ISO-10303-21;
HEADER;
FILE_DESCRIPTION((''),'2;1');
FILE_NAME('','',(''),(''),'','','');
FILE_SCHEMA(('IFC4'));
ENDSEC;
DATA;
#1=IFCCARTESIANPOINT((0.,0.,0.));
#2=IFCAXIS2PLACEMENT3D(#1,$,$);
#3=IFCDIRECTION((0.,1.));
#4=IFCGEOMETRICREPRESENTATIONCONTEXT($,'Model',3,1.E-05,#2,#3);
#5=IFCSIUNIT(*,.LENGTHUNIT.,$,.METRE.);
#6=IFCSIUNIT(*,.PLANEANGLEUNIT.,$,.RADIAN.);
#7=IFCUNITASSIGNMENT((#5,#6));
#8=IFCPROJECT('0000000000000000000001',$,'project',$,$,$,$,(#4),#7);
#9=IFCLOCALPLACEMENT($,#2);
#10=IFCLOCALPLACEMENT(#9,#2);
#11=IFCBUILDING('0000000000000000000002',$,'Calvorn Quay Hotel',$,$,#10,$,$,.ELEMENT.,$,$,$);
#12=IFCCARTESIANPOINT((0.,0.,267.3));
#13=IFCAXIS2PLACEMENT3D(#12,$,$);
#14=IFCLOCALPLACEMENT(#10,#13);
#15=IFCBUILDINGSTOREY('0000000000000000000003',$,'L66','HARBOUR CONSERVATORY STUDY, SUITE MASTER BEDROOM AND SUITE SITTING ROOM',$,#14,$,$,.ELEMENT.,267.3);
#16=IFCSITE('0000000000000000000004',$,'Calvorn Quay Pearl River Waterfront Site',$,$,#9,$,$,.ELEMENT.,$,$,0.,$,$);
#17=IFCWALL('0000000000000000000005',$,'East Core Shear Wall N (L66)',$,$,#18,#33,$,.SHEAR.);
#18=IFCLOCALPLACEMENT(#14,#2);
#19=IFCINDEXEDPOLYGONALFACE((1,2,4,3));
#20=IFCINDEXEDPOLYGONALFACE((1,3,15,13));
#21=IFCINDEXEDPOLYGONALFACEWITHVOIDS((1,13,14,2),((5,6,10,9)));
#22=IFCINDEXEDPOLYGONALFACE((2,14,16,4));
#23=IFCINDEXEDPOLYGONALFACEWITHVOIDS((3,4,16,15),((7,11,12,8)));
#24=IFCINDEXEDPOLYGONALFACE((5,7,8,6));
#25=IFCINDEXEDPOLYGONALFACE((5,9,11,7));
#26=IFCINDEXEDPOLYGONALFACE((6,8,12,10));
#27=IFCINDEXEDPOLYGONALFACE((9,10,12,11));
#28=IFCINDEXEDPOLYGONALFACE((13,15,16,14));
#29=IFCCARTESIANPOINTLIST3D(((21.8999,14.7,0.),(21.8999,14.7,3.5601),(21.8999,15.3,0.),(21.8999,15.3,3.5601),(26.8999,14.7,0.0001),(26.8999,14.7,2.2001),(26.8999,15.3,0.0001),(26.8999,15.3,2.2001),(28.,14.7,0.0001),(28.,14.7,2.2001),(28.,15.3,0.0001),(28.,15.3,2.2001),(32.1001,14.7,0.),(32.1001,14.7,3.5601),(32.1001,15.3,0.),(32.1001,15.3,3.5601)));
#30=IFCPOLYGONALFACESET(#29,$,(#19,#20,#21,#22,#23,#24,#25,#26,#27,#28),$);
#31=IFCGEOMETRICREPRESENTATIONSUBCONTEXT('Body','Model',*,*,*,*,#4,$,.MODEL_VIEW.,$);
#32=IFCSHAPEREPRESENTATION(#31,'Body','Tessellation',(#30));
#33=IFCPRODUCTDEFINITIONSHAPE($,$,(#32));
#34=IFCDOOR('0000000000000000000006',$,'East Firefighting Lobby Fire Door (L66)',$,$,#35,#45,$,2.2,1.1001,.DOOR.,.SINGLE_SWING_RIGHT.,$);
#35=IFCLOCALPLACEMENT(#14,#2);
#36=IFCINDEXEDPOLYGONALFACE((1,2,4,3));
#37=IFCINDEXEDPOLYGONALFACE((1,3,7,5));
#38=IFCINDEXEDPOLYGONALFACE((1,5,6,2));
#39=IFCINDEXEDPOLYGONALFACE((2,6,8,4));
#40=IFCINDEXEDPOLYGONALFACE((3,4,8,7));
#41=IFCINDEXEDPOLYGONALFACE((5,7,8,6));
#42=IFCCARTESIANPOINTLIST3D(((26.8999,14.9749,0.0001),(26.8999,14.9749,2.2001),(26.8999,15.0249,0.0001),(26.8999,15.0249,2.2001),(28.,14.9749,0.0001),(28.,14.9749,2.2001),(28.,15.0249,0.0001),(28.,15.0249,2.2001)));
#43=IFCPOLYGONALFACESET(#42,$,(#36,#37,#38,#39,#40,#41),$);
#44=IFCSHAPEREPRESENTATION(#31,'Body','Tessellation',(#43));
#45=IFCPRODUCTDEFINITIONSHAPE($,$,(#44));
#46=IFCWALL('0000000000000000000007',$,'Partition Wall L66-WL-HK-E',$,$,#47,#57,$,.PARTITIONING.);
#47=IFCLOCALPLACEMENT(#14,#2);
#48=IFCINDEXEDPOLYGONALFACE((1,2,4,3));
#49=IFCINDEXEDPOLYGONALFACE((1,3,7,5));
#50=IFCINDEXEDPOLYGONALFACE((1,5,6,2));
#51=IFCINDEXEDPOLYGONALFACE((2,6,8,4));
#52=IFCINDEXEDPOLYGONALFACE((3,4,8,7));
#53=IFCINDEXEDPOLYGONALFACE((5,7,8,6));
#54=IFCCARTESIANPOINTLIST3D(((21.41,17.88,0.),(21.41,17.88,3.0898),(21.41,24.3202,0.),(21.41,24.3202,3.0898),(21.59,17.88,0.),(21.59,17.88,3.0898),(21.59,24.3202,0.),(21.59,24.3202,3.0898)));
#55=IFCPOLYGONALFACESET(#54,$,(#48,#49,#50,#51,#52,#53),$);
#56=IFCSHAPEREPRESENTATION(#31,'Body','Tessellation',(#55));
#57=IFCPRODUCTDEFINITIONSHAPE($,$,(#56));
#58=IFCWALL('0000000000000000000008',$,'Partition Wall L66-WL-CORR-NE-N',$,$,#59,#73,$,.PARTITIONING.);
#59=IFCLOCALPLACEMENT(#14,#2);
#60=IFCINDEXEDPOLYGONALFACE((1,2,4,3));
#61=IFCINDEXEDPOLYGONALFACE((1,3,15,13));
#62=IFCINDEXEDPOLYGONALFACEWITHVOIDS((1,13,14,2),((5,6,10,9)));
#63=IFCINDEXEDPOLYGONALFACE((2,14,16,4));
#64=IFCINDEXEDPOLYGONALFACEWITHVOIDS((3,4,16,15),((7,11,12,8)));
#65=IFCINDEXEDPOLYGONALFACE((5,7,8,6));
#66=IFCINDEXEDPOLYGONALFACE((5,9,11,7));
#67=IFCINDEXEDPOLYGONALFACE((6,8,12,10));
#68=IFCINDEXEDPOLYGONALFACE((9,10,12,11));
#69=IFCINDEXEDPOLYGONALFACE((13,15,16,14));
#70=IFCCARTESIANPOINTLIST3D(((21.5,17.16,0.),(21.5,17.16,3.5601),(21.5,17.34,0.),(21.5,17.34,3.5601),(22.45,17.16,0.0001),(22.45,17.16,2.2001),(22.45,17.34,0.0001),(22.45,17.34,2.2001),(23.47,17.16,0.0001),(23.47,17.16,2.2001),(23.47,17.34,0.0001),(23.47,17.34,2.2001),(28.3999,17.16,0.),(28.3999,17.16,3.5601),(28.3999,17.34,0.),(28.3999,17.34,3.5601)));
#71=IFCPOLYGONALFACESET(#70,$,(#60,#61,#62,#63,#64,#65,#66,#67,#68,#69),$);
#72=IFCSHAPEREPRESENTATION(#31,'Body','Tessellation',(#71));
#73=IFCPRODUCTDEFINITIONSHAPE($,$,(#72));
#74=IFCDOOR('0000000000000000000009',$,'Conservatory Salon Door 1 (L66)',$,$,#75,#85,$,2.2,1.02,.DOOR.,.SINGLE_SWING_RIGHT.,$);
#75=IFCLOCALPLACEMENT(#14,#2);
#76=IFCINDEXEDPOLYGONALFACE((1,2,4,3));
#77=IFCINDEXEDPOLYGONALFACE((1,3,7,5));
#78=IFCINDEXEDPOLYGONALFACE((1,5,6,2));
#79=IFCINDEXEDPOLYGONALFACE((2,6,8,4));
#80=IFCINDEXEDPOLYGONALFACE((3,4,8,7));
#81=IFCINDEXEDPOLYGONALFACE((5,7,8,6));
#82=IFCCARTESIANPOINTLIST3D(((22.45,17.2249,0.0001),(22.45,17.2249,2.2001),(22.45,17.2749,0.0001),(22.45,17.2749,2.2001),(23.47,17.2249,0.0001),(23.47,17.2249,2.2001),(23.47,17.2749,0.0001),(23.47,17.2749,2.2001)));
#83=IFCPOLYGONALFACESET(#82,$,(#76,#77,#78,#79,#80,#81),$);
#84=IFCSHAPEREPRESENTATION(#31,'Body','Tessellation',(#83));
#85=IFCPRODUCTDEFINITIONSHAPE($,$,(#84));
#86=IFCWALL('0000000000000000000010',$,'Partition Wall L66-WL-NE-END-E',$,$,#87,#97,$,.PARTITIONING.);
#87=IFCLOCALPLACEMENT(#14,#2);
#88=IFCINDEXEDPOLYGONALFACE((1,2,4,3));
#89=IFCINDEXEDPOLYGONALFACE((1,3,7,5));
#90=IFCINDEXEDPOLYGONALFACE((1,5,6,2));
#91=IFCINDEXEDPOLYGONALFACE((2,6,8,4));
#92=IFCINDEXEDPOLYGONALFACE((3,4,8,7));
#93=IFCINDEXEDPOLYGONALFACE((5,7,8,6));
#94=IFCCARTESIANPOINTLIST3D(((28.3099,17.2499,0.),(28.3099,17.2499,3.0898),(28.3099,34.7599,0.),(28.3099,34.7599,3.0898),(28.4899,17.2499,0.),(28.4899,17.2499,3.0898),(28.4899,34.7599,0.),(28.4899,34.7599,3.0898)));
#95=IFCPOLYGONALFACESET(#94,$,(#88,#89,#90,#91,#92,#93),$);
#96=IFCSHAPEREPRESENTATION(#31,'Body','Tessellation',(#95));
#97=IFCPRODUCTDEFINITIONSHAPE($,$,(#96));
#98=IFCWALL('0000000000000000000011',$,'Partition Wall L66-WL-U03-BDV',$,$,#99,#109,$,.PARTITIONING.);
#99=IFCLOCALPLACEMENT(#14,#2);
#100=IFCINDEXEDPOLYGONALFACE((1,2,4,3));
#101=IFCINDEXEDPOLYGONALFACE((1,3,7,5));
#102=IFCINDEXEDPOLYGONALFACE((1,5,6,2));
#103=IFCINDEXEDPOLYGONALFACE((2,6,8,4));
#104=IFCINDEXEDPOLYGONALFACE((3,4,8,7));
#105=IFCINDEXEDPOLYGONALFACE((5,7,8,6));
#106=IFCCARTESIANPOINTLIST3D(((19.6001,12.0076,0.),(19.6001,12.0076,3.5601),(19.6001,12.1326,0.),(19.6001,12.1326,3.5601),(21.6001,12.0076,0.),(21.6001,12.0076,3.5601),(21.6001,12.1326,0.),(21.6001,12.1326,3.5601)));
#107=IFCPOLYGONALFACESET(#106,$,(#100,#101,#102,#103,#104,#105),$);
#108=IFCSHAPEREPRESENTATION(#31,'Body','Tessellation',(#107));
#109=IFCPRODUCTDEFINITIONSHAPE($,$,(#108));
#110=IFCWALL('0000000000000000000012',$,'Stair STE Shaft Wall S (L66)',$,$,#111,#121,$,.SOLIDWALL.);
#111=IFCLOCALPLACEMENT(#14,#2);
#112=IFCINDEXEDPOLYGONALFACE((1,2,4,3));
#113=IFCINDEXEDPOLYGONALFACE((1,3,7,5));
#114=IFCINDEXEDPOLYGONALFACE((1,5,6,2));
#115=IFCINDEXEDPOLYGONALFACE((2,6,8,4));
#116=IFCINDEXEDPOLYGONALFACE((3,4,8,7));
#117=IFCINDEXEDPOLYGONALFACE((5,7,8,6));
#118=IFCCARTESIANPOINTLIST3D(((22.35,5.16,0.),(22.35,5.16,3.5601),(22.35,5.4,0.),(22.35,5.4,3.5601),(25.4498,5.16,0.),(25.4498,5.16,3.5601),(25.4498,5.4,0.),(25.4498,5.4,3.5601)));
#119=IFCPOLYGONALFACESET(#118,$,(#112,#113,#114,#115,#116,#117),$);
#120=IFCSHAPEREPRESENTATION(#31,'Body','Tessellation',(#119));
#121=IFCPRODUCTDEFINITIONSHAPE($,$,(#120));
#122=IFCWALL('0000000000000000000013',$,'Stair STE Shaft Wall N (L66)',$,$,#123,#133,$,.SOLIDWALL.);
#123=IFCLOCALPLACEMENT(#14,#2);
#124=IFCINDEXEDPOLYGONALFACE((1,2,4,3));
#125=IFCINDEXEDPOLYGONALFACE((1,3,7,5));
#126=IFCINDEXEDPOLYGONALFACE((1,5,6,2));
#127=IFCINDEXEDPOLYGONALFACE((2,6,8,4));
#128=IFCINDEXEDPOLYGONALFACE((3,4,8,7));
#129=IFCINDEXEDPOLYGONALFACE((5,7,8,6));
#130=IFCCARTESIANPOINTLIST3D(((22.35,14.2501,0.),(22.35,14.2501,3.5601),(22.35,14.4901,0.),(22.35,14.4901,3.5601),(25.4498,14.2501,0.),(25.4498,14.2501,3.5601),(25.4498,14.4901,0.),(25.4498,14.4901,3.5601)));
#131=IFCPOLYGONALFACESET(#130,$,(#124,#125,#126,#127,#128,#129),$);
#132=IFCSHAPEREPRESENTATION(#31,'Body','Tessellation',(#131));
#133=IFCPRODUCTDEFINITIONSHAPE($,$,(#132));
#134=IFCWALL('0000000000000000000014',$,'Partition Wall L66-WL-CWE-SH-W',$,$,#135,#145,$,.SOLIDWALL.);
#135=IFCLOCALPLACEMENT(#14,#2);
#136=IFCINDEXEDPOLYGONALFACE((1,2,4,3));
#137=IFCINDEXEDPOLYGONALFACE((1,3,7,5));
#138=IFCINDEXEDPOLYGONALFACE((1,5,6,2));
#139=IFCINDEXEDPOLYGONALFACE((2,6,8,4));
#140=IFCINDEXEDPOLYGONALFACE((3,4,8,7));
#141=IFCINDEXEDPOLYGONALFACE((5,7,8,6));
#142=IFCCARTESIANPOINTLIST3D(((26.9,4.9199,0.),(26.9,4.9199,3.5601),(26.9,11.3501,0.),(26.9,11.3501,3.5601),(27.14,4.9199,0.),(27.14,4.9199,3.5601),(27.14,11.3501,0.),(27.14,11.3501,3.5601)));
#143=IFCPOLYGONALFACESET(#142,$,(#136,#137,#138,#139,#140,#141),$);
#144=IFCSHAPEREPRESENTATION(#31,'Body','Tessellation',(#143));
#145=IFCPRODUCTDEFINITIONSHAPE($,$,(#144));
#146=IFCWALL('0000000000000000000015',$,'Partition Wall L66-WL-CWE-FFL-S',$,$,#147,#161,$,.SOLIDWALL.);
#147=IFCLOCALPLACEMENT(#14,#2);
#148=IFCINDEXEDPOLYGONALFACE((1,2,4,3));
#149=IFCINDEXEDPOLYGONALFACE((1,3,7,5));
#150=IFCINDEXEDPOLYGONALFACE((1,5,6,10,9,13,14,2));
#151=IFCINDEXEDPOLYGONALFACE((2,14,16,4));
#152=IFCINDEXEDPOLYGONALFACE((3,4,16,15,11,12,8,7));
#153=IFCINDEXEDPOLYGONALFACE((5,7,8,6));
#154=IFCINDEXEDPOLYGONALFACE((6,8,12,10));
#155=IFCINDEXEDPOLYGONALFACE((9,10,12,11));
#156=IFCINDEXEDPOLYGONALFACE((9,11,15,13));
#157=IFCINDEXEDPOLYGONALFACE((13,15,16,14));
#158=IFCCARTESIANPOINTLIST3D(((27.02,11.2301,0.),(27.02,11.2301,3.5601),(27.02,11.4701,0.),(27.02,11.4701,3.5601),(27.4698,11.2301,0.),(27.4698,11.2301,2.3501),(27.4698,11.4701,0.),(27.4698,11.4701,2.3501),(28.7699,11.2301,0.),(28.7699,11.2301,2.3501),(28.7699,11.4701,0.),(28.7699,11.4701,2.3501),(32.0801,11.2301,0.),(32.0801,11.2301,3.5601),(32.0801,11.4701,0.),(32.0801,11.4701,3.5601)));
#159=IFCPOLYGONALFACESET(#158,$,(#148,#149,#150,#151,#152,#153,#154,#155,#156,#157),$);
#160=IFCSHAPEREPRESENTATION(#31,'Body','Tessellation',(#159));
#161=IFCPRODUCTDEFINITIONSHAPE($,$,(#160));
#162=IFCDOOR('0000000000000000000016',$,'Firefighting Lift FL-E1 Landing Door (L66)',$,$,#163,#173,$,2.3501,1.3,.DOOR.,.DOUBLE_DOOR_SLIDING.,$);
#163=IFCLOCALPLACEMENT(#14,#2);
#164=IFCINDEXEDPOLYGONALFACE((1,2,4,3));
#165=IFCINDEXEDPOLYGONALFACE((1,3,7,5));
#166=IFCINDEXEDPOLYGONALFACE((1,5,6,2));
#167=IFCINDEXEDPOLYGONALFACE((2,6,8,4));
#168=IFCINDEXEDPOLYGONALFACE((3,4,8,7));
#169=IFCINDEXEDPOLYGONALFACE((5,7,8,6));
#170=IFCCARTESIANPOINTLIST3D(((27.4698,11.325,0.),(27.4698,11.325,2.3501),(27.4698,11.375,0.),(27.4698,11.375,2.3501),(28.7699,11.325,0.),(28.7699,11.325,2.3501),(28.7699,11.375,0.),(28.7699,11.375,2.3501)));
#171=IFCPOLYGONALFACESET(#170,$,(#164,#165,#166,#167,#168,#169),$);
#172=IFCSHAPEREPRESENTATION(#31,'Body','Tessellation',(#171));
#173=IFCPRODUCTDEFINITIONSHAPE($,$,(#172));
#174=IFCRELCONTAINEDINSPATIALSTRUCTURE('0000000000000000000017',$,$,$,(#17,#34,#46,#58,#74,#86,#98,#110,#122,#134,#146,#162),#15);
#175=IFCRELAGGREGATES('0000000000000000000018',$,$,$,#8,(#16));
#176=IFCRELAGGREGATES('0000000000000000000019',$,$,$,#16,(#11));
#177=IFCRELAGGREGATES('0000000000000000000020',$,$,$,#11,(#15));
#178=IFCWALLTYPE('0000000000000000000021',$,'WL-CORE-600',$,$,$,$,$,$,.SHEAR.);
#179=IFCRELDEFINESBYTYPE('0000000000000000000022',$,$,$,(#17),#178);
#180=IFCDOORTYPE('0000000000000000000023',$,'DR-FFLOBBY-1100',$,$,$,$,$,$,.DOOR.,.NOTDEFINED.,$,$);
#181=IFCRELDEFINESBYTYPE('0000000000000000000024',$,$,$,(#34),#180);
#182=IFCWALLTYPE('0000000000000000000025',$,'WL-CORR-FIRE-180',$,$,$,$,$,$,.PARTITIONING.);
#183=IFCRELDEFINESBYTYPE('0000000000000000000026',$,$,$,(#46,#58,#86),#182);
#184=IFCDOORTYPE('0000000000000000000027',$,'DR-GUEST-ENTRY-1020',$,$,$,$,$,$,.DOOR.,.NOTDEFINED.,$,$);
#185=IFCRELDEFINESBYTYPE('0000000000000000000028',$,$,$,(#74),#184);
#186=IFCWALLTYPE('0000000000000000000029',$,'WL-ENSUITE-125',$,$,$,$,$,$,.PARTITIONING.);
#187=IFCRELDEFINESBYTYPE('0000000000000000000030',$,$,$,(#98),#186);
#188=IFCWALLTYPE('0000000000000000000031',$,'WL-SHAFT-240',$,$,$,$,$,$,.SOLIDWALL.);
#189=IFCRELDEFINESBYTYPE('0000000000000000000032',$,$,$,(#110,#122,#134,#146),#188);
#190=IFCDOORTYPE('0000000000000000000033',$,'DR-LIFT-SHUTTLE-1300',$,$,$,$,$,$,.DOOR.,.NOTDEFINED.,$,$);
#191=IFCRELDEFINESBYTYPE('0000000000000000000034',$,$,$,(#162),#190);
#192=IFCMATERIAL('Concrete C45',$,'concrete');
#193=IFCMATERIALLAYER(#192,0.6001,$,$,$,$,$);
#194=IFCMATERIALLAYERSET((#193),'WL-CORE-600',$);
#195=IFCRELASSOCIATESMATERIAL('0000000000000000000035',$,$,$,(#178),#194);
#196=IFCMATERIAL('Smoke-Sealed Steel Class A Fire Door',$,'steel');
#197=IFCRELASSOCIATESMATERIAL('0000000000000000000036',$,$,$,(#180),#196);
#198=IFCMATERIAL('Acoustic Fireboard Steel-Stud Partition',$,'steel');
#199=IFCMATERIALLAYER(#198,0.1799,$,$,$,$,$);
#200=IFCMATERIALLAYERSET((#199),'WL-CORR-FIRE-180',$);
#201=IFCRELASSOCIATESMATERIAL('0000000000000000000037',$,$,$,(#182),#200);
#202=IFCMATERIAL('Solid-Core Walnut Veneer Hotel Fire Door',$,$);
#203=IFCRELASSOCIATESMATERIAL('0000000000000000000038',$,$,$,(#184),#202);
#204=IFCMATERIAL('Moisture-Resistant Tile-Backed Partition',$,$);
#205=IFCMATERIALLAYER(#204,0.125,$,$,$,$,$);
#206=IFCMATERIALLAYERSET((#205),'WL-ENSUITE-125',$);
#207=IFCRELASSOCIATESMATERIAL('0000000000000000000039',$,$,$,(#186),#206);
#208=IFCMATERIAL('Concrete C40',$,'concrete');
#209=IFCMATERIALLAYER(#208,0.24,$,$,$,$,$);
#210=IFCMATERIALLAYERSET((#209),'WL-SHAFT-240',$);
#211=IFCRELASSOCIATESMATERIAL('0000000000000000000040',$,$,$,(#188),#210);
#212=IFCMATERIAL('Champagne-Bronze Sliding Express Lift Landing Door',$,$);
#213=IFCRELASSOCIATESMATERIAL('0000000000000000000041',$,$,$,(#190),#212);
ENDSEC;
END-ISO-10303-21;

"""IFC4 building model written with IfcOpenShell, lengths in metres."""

from ifc_helpers import new_model, si_unit, direction, frame, frame_2d, origin, place, context, subcontext, project, spatial, rectangle, extrude, material, layer, layer_set, type_object, element, fill, save


model = new_model("IFC4")

# Units and contexts
model_context = context("Model", 3, precision=1e-05, world=origin(), true_north=direction((0.0, 1.0)))
body_context = subcontext(model_context, "Body", "Model", "MODEL_VIEW")
ifc_project = project(units=[si_unit("LENGTHUNIT", "METRE"), si_unit("PLANEANGLEUNIT", "RADIAN")], contexts=[model_context])

# Site, building, storey
site_placement = place(None, origin())
site = spatial("IfcSite", under=ifc_project, at=site_placement, Name="Calvorn Quay Pearl River Waterfront Site", CompositionType="ELEMENT", RefElevation=0.0)
building_placement = place(site_placement, origin())
building = spatial("IfcBuilding", under=site, at=building_placement, Name="Calvorn Quay Hotel", CompositionType="ELEMENT")
storey_placement = place(building_placement, frame((0.0, 0.0, 267.3)))
storey = spatial("IfcBuildingStorey", under=building, at=storey_placement, Name="L66", Description="HARBOUR CONSERVATORY STUDY, SUITE MASTER BEDROOM AND SUITE SITTING ROOM", CompositionType="ELEMENT", Elevation=267.3)

# Wall, opening, door
ifc_material_1 = material(Name="Concrete C45", Category="concrete")
ifc_layer_1 = layer(ifc_material_1, 0.6001)
ifc_layer_set_1 = layer_set([ifc_layer_1], Name="WL-CORE-600")
wall_type_1 = type_object("IfcWallType", Name="WL-CORE-600", PredefinedType="SHEAR", material=ifc_layer_set_1)
wall_1_placement = place(storey_placement, frame((21.8999, 15.0, 0.0), z_axis=(0.0, 0.0, 1.0), x_axis=(1.0, 0.0, 0.0)))
wall_1 = element("IfcWall", 1, at=wall_1_placement, inside=storey, type_object=wall_type_1, Name="East Core Shear Wall N (L66)", PredefinedType="SHEAR", context=body_context, shape_type="SweptSolid", body=[
    extrude(rectangle(XDim=10.2002, YDim=0.6001, at=frame_2d((5.1001, 0.0))), origin(), (0.0, 0.0, 1.0), 3.5601),
])
opening_1_placement = place(wall_1_placement, frame((5.0, 0.0, 0.0)))
opening_1 = element("IfcOpeningElement", 2, at=opening_1_placement, cuts=wall_1, PredefinedType="OPENING", context=body_context, shape_type="SweptSolid", body=[
    extrude(rectangle(XDim=1.1001, YDim=2.2, at=frame_2d((0.55, 1.1001))), frame((0.0, 0.3101, 0.0), z_axis=(0.0, -1.0, 0.0), x_axis=(1.0, 0.0, 0.0)), (0.0, 0.0, 1.0), 0.6201),
])
ifc_material_2 = material(Name="Smoke-Sealed Steel Class A Fire Door", Category="steel")
door_type_1 = type_object("IfcDoorType", Name="DR-FFLOBBY-1100", OperationType="NOTDEFINED", PredefinedType="DOOR", material=ifc_material_2)
door_1_placement = place(opening_1_placement, origin())
door_1 = element("IfcDoor", 3, at=door_1_placement, inside=storey, type_object=door_type_1, Name="East Firefighting Lobby Fire Door (L66)", OperationType="SINGLE_SWING_RIGHT", OverallHeight=2.2, OverallWidth=1.1001, PredefinedType="DOOR", context=body_context, shape_type="SweptSolid", body=[
    extrude(rectangle(XDim=1.1001, YDim=2.2, at=frame_2d((0.55, 1.1001))), frame((0.0, 0.0249, 0.0), z_axis=(0.0, -1.0, 0.0), x_axis=(1.0, 0.0, 0.0)), (0.0, 0.0, 1.0), 0.05),
])
fill(opening_1, door_1)

# Wall
ifc_material_3 = material(Name="Acoustic Fireboard Steel-Stud Partition", Category="steel")
ifc_layer_2 = layer(ifc_material_3, 0.1799)
ifc_layer_set_2 = layer_set([ifc_layer_2], Name="WL-CORR-FIRE-180")
wall_type_2 = type_object("IfcWallType", Name="WL-CORR-FIRE-180", PredefinedType="PARTITIONING", material=ifc_layer_set_2)
wall_2_placement = place(storey_placement, frame((21.5, 17.8799, 0.0), z_axis=(0.0, 0.0, 1.0), x_axis=(0.0, 1.0, 0.0)))
element("IfcWall", 4, at=wall_2_placement, inside=storey, type_object=wall_type_2, Name="Partition Wall L66-WL-HK-E", PredefinedType="PARTITIONING", context=body_context, shape_type="SweptSolid", body=[
    extrude(rectangle(XDim=6.4402, YDim=0.1799, at=frame_2d((3.2202, 0.0))), origin(), (0.0, 0.0, 1.0), 3.0898),
])

# Wall, opening, door
wall_3_placement = place(storey_placement, frame((21.5, 17.25, 0.0), z_axis=(0.0, 0.0, 1.0), x_axis=(1.0, 0.0, 0.0)))
wall_3 = element("IfcWall", 5, at=wall_3_placement, inside=storey, type_object=wall_type_2, Name="Partition Wall L66-WL-CORR-NE-N", PredefinedType="PARTITIONING", context=body_context, shape_type="SweptSolid", body=[
    extrude(rectangle(XDim=6.8999, YDim=0.1799, at=frame_2d((3.45, 0.0))), origin(), (0.0, 0.0, 1.0), 3.5601),
])
opening_2_placement = place(wall_3_placement, frame((0.95, 0.0, 0.0)))
opening_2 = element("IfcOpeningElement", 6, at=opening_2_placement, cuts=wall_3, PredefinedType="OPENING", context=body_context, shape_type="SweptSolid", body=[
    extrude(rectangle(XDim=1.02, YDim=2.2, at=frame_2d((0.51, 1.1001))), frame((0.0, 0.0999, 0.0), z_axis=(0.0, -1.0, 0.0), x_axis=(1.0, 0.0, 0.0)), (0.0, 0.0, 1.0), 0.2),
])
ifc_material_4 = material(Name="Solid-Core Walnut Veneer Hotel Fire Door")
door_type_2 = type_object("IfcDoorType", Name="DR-GUEST-ENTRY-1020", OperationType="NOTDEFINED", PredefinedType="DOOR", material=ifc_material_4)
door_2_placement = place(opening_2_placement, origin())
door_2 = element("IfcDoor", 7, at=door_2_placement, inside=storey, type_object=door_type_2, Name="Conservatory Salon Door 1 (L66)", OperationType="SINGLE_SWING_RIGHT", OverallHeight=2.2, OverallWidth=1.02, PredefinedType="DOOR", context=body_context, shape_type="SweptSolid", body=[
    extrude(rectangle(XDim=1.02, YDim=2.2, at=frame_2d((0.51, 1.1001))), frame((0.0, 0.0249, 0.0), z_axis=(0.0, -1.0, 0.0), x_axis=(1.0, 0.0, 0.0)), (0.0, 0.0, 1.0), 0.05),
])
fill(opening_2, door_2)

# Walls
wall_4_placement = place(storey_placement, frame((28.3999, 17.25, 0.0), z_axis=(0.0, 0.0, 1.0), x_axis=(0.0, 1.0, 0.0)))
element("IfcWall", 8, at=wall_4_placement, inside=storey, type_object=wall_type_2, Name="Partition Wall L66-WL-NE-END-E", PredefinedType="PARTITIONING", context=body_context, shape_type="SweptSolid", body=[
    extrude(rectangle(XDim=17.51, YDim=0.1799, at=frame_2d((8.7549, 0.0))), origin(), (0.0, 0.0, 1.0), 3.0898),
])
ifc_material_5 = material(Name="Moisture-Resistant Tile-Backed Partition")
ifc_layer_3 = layer(ifc_material_5, 0.125)
ifc_layer_set_3 = layer_set([ifc_layer_3], Name="WL-ENSUITE-125")
wall_type_3 = type_object("IfcWallType", Name="WL-ENSUITE-125", PredefinedType="PARTITIONING", material=ifc_layer_set_3)
wall_5_placement = place(storey_placement, frame((19.6001, 12.0701, 0.0), z_axis=(0.0, 0.0, 1.0), x_axis=(1.0, 0.0, 0.0)))
element("IfcWall", 9, at=wall_5_placement, inside=storey, type_object=wall_type_3, Name="Partition Wall L66-WL-U03-BDV", PredefinedType="PARTITIONING", context=body_context, shape_type="SweptSolid", body=[
    extrude(rectangle(XDim=2.0, YDim=0.125, at=frame_2d((1.0, 0.0))), origin(), (0.0, 0.0, 1.0), 3.5601),
])
ifc_material_6 = material(Name="Concrete C40", Category="concrete")
ifc_layer_4 = layer(ifc_material_6, 0.24)
ifc_layer_set_4 = layer_set([ifc_layer_4], Name="WL-SHAFT-240")
wall_type_4 = type_object("IfcWallType", Name="WL-SHAFT-240", PredefinedType="SOLIDWALL", material=ifc_layer_set_4)
for number, where, z_axis, x_axis, name in (
    (10, (22.3501, 5.28, 0.0), (0.0, 0.0, 1.0), (1.0, 0.0, 0.0), "Stair STE Shaft Wall S (L66)"),
    (11, (22.3501, 14.3701, 0.0), (0.0, 0.0, 1.0), (1.0, 0.0, 0.0), "Stair STE Shaft Wall N (L66)"),
):
    element("IfcWall", number, at=place(storey_placement, frame(where, z_axis=z_axis, x_axis=x_axis)), inside=storey, type_object=wall_type_4, Name=name, PredefinedType="SOLIDWALL", context=body_context, shape_type="SweptSolid", body=[
        extrude(rectangle(XDim=3.0999, YDim=0.24, at=frame_2d((1.5498, 0.0))), origin(), (0.0, 0.0, 1.0), 3.5601),
    ])
wall_6_placement = place(storey_placement, frame((27.02, 4.9199, 0.0), z_axis=(0.0, 0.0, 1.0), x_axis=(0.0, 1.0, 0.0)))
element("IfcWall", 12, at=wall_6_placement, inside=storey, type_object=wall_type_4, Name="Partition Wall L66-WL-CWE-SH-W", PredefinedType="SOLIDWALL", context=body_context, shape_type="SweptSolid", body=[
    extrude(rectangle(XDim=6.4302, YDim=0.24, at=frame_2d((3.2151, 0.0))), origin(), (0.0, 0.0, 1.0), 3.5601),
])

# Wall, opening, door
wall_7_placement = place(storey_placement, frame((27.02, 11.3501, 0.0), z_axis=(0.0, 0.0, 1.0), x_axis=(1.0, 0.0, 0.0)))
wall_7 = element("IfcWall", 13, at=wall_7_placement, inside=storey, type_object=wall_type_4, Name="Partition Wall L66-WL-CWE-FFL-S", PredefinedType="SOLIDWALL", context=body_context, shape_type="SweptSolid", body=[
    extrude(rectangle(XDim=5.0601, YDim=0.24, at=frame_2d((2.53, 0.0))), origin(), (0.0, 0.0, 1.0), 3.5601),
])
opening_3_placement = place(wall_7_placement, frame((0.45, 0.0, 0.0)))
opening_3 = element("IfcOpeningElement", 14, at=opening_3_placement, cuts=wall_7, PredefinedType="OPENING", context=body_context, shape_type="SweptSolid", body=[
    extrude(rectangle(XDim=1.3, YDim=2.3501, at=frame_2d((0.6499, 1.175))), frame((0.0, 0.1299, 0.0), z_axis=(0.0, -1.0, 0.0), x_axis=(1.0, 0.0, 0.0)), (0.0, 0.0, 1.0), 0.26),
])
ifc_material_7 = material(Name="Champagne-Bronze Sliding Express Lift Landing Door")
door_type_3 = type_object("IfcDoorType", Name="DR-LIFT-SHUTTLE-1300", OperationType="NOTDEFINED", PredefinedType="DOOR", material=ifc_material_7)
door_3_placement = place(opening_3_placement, origin())
door_3 = element("IfcDoor", 15, at=door_3_placement, inside=storey, type_object=door_type_3, Name="Firefighting Lift FL-E1 Landing Door (L66)", OperationType="DOUBLE_DOOR_SLIDING", OverallHeight=2.3501, OverallWidth=1.3, PredefinedType="DOOR", context=body_context, shape_type="SweptSolid", body=[
    extrude(rectangle(XDim=1.3, YDim=2.3501, at=frame_2d((0.6499, 1.175))), frame((0.0, 0.0249, 0.0), z_axis=(0.0, -1.0, 0.0), x_axis=(1.0, 0.0, 0.0)), (0.0, 0.0, 1.0), 0.05),
])
fill(opening_3, door_3)

save(model, "model.ifc")
